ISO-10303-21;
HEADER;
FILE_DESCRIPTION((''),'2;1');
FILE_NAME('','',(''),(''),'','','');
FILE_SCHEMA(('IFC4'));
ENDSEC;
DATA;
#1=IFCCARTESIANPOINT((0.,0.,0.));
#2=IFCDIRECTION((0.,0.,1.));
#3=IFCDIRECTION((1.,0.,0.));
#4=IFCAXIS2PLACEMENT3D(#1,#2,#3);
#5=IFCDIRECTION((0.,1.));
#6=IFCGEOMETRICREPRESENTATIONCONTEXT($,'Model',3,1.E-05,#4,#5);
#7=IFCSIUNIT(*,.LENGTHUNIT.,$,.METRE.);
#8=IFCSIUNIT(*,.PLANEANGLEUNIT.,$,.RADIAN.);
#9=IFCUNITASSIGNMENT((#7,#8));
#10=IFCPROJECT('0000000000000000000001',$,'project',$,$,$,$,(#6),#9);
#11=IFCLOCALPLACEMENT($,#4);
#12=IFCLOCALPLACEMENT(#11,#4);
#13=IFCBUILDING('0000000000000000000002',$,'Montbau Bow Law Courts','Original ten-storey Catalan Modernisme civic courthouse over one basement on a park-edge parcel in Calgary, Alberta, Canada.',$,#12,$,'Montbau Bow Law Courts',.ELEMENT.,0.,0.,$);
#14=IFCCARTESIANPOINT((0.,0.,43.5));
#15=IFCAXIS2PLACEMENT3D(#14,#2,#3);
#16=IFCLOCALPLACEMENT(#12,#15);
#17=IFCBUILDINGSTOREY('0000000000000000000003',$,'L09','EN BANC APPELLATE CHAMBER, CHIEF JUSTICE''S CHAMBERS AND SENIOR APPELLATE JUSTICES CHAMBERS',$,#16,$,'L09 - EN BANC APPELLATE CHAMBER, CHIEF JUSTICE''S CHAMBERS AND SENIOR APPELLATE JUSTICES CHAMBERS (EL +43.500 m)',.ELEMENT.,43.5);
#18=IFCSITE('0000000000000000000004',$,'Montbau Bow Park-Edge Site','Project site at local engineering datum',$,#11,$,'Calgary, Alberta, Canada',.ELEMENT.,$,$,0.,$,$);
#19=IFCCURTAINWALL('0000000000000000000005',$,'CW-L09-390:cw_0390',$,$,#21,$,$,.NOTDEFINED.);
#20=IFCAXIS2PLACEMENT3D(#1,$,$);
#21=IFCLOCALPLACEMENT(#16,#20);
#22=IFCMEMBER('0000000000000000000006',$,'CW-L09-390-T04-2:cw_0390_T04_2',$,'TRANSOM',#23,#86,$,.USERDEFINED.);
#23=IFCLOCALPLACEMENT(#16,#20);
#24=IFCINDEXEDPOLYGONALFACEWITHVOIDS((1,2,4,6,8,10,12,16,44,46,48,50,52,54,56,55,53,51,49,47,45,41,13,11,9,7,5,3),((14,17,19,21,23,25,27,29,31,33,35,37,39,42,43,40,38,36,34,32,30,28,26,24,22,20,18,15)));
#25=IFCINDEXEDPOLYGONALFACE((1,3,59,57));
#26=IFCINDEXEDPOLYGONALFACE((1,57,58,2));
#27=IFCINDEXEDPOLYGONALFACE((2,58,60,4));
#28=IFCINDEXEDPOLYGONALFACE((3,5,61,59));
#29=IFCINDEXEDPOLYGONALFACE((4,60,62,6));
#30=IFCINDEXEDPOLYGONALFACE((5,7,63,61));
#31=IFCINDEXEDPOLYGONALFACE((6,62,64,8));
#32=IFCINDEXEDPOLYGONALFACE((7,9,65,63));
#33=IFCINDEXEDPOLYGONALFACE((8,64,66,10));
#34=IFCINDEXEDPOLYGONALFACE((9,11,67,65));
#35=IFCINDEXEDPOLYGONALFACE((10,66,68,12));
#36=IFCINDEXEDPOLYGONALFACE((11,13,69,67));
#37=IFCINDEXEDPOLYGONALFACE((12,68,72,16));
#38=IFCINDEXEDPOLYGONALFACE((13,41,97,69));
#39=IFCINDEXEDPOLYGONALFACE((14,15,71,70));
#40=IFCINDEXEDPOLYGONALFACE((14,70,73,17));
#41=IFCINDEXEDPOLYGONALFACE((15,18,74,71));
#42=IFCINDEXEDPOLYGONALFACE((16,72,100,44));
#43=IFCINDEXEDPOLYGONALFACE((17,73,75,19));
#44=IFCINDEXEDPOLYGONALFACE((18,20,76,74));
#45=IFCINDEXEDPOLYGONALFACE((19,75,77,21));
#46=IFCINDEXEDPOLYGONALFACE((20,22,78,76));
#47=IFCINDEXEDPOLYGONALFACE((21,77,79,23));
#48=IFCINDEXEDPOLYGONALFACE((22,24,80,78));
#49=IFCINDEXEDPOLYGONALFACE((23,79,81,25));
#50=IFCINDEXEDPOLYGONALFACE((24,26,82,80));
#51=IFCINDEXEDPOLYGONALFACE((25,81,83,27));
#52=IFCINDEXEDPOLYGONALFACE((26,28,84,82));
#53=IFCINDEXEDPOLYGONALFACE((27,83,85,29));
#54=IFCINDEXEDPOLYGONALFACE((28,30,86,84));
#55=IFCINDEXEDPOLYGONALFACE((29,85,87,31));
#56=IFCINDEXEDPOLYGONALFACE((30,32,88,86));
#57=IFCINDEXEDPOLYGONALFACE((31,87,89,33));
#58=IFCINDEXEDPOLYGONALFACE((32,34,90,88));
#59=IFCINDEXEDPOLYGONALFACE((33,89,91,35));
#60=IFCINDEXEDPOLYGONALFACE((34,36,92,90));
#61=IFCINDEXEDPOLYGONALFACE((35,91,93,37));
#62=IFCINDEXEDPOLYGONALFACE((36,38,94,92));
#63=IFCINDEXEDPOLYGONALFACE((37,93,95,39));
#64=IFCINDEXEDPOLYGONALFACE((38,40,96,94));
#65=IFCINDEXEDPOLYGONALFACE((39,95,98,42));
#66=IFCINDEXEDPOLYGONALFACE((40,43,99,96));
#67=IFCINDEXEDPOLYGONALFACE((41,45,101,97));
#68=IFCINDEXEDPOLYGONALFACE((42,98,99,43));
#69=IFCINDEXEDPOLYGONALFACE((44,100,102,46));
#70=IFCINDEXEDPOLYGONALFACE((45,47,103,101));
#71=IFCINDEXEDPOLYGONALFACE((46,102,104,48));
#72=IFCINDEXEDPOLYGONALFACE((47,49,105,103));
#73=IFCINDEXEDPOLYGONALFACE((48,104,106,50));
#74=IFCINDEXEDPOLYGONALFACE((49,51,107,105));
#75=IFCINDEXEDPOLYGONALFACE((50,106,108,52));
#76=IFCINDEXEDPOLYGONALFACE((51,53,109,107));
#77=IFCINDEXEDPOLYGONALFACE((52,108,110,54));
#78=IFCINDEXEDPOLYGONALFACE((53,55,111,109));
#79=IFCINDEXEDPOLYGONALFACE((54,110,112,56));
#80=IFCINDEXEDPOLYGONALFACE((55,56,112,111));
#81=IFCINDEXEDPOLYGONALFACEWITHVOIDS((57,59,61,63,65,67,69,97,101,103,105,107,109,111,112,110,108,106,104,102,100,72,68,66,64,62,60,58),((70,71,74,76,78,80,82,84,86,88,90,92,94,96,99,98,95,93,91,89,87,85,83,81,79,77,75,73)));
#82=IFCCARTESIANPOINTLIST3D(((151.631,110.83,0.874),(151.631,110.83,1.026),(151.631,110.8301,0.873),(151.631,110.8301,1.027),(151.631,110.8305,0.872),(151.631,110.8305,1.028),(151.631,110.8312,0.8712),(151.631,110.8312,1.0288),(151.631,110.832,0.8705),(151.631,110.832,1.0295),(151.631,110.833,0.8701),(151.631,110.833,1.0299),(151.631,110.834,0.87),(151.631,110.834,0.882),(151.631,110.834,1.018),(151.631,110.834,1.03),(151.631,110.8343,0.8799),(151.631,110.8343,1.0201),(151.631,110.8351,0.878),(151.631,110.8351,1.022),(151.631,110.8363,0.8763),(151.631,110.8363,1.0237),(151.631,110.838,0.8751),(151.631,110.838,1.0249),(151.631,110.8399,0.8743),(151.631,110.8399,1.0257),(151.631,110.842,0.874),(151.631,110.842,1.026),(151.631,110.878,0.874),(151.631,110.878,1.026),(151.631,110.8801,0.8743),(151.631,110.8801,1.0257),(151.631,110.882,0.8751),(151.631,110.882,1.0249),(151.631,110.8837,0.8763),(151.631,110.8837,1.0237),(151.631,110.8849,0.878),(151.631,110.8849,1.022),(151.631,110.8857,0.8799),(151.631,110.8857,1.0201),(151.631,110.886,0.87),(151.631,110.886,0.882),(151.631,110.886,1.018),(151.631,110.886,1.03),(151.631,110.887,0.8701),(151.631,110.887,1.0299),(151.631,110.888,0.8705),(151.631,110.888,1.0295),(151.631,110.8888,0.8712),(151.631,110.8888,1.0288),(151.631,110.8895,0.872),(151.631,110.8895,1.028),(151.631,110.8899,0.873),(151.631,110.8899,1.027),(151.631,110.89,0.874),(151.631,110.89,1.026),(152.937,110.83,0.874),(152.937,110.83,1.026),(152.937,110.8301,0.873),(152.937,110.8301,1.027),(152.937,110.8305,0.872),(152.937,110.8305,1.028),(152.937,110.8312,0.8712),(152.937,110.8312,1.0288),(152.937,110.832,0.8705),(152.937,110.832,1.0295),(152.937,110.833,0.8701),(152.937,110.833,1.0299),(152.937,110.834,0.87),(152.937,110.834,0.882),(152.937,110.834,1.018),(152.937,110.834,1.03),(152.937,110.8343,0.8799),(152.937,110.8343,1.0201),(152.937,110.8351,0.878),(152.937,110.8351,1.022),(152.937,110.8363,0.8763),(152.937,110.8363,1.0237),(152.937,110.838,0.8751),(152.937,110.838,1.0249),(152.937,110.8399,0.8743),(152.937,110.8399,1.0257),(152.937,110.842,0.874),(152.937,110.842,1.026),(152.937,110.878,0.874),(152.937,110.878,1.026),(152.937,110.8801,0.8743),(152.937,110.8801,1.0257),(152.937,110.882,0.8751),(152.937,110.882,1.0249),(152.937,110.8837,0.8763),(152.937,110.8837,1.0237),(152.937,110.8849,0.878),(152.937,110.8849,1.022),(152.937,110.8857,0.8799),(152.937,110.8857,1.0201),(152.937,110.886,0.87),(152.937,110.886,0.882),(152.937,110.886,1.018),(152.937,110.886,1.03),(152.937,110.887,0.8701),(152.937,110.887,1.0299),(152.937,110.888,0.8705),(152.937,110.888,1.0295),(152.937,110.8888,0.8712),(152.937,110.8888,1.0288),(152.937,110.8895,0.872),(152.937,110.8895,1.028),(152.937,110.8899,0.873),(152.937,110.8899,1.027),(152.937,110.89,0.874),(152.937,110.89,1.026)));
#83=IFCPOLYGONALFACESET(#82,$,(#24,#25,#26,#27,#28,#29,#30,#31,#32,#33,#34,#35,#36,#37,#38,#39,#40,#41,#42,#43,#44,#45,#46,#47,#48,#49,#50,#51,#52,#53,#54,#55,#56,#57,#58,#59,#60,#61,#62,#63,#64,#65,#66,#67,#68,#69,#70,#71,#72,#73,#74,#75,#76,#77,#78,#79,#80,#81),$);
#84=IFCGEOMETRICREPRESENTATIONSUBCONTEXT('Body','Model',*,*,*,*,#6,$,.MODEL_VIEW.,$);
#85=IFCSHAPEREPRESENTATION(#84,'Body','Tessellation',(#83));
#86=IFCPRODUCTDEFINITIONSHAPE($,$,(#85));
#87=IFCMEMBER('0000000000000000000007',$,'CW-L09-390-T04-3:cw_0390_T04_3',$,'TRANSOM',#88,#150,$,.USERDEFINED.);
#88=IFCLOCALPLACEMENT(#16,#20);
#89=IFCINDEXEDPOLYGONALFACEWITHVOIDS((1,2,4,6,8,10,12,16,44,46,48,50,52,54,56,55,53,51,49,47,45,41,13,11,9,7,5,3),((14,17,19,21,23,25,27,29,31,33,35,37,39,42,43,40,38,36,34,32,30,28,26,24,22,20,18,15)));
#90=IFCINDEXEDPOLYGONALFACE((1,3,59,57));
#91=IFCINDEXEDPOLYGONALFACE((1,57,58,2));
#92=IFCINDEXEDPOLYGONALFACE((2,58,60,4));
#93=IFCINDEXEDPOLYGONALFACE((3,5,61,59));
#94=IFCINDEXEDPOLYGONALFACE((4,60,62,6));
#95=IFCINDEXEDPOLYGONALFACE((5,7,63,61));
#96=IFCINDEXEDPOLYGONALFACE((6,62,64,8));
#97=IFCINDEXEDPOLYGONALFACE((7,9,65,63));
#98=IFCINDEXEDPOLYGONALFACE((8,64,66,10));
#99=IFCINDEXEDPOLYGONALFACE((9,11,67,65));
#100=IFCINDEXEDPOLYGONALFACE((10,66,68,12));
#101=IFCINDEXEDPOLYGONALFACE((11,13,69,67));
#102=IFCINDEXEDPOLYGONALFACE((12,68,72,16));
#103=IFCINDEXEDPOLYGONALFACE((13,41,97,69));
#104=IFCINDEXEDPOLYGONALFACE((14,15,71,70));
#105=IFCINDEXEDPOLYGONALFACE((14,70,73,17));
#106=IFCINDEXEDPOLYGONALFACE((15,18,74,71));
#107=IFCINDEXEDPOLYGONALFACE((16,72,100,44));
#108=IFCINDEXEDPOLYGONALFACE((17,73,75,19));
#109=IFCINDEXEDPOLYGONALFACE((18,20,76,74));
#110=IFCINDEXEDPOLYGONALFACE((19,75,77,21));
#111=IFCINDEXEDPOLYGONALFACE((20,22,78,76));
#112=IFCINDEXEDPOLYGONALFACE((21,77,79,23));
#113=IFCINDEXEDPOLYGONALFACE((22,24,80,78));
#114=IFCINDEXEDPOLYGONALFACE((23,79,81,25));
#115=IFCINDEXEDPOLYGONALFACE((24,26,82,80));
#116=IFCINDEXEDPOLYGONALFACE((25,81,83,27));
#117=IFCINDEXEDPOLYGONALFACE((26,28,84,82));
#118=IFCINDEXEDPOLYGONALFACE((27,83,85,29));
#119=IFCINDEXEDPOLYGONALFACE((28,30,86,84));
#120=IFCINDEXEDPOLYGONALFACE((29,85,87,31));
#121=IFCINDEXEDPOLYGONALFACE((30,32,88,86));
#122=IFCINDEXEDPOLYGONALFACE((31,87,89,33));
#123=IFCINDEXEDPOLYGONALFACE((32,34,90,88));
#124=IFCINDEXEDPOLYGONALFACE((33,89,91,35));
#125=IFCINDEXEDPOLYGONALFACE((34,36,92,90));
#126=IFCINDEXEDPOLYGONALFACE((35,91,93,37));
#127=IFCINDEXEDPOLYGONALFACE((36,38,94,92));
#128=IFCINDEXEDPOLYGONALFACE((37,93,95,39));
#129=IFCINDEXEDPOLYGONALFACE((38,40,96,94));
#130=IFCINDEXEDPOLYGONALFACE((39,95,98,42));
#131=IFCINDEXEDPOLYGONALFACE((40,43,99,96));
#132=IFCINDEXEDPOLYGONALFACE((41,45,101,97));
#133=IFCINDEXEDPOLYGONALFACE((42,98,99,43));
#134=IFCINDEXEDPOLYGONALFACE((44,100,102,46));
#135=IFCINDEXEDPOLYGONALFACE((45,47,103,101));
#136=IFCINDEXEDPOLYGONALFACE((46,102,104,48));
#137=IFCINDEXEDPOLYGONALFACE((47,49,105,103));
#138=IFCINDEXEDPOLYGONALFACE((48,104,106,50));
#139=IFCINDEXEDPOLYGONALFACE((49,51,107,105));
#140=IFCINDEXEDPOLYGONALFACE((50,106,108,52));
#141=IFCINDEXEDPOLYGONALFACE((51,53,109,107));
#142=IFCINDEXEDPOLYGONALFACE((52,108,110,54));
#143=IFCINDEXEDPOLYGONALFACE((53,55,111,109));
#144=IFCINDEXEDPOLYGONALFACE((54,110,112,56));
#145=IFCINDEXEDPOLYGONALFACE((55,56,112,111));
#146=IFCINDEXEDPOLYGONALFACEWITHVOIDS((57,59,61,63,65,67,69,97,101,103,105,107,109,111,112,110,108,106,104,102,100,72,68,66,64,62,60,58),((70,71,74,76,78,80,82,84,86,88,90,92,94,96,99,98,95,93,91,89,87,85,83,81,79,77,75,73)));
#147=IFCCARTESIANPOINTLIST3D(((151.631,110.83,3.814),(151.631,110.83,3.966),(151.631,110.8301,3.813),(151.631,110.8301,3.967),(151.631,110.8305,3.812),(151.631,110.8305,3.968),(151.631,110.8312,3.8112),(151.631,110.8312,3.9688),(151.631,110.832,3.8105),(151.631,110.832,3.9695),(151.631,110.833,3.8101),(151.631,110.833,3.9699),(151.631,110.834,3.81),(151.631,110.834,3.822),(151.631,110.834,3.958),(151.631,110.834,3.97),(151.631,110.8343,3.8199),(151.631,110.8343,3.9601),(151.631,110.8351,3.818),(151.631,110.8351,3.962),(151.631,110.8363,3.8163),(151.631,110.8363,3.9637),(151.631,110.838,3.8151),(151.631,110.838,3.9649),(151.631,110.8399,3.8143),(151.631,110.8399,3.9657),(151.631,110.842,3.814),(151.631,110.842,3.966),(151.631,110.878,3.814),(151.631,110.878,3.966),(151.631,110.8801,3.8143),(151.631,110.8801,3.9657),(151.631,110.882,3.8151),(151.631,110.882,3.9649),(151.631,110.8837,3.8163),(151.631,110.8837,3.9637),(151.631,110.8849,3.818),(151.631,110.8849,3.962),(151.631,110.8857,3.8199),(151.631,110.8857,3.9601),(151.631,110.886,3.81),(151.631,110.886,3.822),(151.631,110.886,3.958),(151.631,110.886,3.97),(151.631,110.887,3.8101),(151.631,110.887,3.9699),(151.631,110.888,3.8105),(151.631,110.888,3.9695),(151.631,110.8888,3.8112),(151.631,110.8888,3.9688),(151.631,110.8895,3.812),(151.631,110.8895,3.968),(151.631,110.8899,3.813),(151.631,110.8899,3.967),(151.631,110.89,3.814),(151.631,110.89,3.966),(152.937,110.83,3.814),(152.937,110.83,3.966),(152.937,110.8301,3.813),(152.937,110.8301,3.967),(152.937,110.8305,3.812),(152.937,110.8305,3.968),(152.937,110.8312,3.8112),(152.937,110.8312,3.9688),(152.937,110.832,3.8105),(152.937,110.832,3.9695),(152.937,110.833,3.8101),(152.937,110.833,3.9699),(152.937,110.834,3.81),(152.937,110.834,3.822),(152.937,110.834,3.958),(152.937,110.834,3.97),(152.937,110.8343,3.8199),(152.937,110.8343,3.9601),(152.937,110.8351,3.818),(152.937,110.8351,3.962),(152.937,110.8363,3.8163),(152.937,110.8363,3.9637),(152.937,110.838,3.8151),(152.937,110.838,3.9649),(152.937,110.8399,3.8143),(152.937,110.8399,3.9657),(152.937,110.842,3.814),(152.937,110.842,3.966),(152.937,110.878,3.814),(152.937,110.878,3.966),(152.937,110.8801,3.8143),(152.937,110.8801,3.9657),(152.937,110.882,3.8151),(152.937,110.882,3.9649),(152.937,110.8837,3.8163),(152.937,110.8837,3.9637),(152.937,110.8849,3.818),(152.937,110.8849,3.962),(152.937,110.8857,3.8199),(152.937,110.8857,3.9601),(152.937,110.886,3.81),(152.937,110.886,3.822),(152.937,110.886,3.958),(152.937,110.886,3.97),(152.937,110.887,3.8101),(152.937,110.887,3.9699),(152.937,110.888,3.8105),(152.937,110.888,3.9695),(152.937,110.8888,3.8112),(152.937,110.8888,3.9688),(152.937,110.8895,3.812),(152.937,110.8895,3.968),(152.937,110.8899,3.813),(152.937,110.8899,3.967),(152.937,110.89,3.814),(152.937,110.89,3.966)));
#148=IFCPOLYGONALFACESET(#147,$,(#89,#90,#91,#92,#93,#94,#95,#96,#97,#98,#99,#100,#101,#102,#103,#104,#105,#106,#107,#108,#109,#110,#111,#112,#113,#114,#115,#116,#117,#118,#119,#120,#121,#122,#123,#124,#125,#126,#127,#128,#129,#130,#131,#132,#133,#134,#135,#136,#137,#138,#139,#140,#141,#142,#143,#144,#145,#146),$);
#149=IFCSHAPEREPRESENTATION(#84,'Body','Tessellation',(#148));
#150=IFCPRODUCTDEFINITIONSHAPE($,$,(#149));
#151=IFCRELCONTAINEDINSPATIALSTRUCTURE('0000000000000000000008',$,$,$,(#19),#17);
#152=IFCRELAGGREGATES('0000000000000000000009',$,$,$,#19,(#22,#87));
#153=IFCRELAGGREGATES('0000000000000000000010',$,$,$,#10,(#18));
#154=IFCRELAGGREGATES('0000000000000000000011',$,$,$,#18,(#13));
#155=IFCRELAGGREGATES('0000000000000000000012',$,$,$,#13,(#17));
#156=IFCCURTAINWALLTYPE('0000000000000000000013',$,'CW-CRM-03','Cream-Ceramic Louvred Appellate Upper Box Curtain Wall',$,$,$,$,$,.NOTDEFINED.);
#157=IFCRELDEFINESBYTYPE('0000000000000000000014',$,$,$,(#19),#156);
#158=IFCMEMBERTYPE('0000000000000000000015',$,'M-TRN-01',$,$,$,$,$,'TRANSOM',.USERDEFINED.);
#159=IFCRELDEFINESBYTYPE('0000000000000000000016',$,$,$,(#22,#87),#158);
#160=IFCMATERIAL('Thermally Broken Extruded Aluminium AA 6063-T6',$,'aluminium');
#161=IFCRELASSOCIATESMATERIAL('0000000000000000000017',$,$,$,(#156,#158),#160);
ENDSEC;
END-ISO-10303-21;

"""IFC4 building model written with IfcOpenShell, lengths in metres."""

from ifc_helpers import new_model, si_unit, direction, frame, origin_with_axes, origin_2d_with_axis, place, context, subcontext, project, spatial, hollow_rectangle, extrude, material, material_profile, profile_set, type_object, element, aggregate, save


model = new_model("IFC4")

# Units and contexts
model_context = context("Model", 3, precision=1e-05, world=origin_with_axes(), true_north=direction((0.0, 1.0)))
body_context = subcontext(model_context, "Body", "Model", "MODEL_VIEW")
ifc_project = project(units=[si_unit("LENGTHUNIT", "METRE"), si_unit("PLANEANGLEUNIT", "RADIAN")], contexts=[model_context])

# Site, building, storey
site_placement = place(None, origin_with_axes())
site = spatial("IfcSite", under=ifc_project, at=site_placement, Name="Montbau Bow Park-Edge Site", Description="Project site at local engineering datum", LongName="Calgary, Alberta, Canada", CompositionType="ELEMENT", RefElevation=0.0)
building_placement = place(site_placement, origin_with_axes())
building = spatial("IfcBuilding", under=site, at=building_placement, Name="Montbau Bow Law Courts", Description="Original ten-storey Catalan Modernisme civic courthouse over one basement on a park-edge parcel in Calgary, Alberta, Canada.", LongName="Montbau Bow Law Courts", CompositionType="ELEMENT", ElevationOfRefHeight=0.0, ElevationOfTerrain=0.0)
storey_placement = place(building_placement, frame((0.0, 0.0, 43.5), z_axis=(0.0, 0.0, 1.0), x_axis=(1.0, 0.0, 0.0)))
storey = spatial("IfcBuildingStorey", under=building, at=storey_placement, Name="L09", Description="EN BANC APPELLATE CHAMBER, CHIEF JUSTICE'S CHAMBERS AND SENIOR APPELLATE JUSTICES CHAMBERS", LongName="L09 - EN BANC APPELLATE CHAMBER, CHIEF JUSTICE'S CHAMBERS AND SENIOR APPELLATE JUSTICES CHAMBERS (EL +43.500 m)", CompositionType="ELEMENT", Elevation=43.5)

# Curtain wall, members
ifc_material_1 = material(Name="Thermally Broken Extruded Aluminium AA 6063-T6", Category="aluminium")
curtain_wall_type = type_object("IfcCurtainWallType", Name="CW-CRM-03", Description="Cream-Ceramic Louvred Appellate Upper Box Curtain Wall", PredefinedType="NOTDEFINED", material=ifc_material_1)
curtain_wall_placement = place(None, frame((147.44, 110.86, 43.5), z_axis=(0.0, 0.0, 1.0), x_axis=(1.0, 0.0, 0.0)))
curtain_wall = element("IfcCurtainWall", 1, at=curtain_wall_placement, inside=storey, type_object=curtain_wall_type, Name="CW-L09-390:cw_0390", PredefinedType="NOTDEFINED")
ifc_material_profile_1 = material_profile(ifc_material_1, hollow_rectangle(XDim=0.06, YDim=0.16, WallThickness=0.004, InnerFilletRadius=0.008, OuterFilletRadius=0.004, at=origin_2d_with_axis()), Name="CWT-160X60", Category="Main", Priority=0)
ifc_profile_set_1 = profile_set([ifc_material_profile_1], Name="Thermally Broken Extruded Aluminium AA 6063-T6")
member_type_1 = type_object("IfcMemberType", Name="M-TRN-01", ElementType="TRANSOM", PredefinedType="USERDEFINED", material=ifc_profile_set_1)
member_1_placement = place(None, frame((151.631, 110.86, 44.45), z_axis=(1.0, 0.0, 0.0), x_axis=(0.0, 1.0, 0.0)))
member_1 = element("IfcMember", 2, at=member_1_placement, type_object=member_type_1, Name="CW-L09-390-T04-2:cw_0390_T04_2", ObjectType="TRANSOM", PredefinedType="USERDEFINED", context=body_context, shape_type="SweptSolid", body=[
    extrude(hollow_rectangle(XDim=0.06, YDim=0.16, WallThickness=0.004, InnerFilletRadius=0.008, OuterFilletRadius=0.004, at=origin_2d_with_axis()), origin_with_axes(), (0.0, 0.0, 1.0), 1.306),
])
member_2_placement = place(None, frame((151.631, 110.86, 47.39), z_axis=(1.0, 0.0, 0.0), x_axis=(0.0, 1.0, 0.0)))
member_2 = element("IfcMember", 3, at=member_2_placement, type_object=member_type_1, Name="CW-L09-390-T04-3:cw_0390_T04_3", ObjectType="TRANSOM", PredefinedType="USERDEFINED", context=body_context, shape_type="SweptSolid", body=[
    extrude(hollow_rectangle(XDim=0.06, YDim=0.16, WallThickness=0.004, InnerFilletRadius=0.008, OuterFilletRadius=0.004, at=origin_2d_with_axis()), origin_with_axes(), (0.0, 0.0, 1.0), 1.306),
])
aggregate(curtain_wall, [member_1, member_2])

save(model, "model.ifc")
